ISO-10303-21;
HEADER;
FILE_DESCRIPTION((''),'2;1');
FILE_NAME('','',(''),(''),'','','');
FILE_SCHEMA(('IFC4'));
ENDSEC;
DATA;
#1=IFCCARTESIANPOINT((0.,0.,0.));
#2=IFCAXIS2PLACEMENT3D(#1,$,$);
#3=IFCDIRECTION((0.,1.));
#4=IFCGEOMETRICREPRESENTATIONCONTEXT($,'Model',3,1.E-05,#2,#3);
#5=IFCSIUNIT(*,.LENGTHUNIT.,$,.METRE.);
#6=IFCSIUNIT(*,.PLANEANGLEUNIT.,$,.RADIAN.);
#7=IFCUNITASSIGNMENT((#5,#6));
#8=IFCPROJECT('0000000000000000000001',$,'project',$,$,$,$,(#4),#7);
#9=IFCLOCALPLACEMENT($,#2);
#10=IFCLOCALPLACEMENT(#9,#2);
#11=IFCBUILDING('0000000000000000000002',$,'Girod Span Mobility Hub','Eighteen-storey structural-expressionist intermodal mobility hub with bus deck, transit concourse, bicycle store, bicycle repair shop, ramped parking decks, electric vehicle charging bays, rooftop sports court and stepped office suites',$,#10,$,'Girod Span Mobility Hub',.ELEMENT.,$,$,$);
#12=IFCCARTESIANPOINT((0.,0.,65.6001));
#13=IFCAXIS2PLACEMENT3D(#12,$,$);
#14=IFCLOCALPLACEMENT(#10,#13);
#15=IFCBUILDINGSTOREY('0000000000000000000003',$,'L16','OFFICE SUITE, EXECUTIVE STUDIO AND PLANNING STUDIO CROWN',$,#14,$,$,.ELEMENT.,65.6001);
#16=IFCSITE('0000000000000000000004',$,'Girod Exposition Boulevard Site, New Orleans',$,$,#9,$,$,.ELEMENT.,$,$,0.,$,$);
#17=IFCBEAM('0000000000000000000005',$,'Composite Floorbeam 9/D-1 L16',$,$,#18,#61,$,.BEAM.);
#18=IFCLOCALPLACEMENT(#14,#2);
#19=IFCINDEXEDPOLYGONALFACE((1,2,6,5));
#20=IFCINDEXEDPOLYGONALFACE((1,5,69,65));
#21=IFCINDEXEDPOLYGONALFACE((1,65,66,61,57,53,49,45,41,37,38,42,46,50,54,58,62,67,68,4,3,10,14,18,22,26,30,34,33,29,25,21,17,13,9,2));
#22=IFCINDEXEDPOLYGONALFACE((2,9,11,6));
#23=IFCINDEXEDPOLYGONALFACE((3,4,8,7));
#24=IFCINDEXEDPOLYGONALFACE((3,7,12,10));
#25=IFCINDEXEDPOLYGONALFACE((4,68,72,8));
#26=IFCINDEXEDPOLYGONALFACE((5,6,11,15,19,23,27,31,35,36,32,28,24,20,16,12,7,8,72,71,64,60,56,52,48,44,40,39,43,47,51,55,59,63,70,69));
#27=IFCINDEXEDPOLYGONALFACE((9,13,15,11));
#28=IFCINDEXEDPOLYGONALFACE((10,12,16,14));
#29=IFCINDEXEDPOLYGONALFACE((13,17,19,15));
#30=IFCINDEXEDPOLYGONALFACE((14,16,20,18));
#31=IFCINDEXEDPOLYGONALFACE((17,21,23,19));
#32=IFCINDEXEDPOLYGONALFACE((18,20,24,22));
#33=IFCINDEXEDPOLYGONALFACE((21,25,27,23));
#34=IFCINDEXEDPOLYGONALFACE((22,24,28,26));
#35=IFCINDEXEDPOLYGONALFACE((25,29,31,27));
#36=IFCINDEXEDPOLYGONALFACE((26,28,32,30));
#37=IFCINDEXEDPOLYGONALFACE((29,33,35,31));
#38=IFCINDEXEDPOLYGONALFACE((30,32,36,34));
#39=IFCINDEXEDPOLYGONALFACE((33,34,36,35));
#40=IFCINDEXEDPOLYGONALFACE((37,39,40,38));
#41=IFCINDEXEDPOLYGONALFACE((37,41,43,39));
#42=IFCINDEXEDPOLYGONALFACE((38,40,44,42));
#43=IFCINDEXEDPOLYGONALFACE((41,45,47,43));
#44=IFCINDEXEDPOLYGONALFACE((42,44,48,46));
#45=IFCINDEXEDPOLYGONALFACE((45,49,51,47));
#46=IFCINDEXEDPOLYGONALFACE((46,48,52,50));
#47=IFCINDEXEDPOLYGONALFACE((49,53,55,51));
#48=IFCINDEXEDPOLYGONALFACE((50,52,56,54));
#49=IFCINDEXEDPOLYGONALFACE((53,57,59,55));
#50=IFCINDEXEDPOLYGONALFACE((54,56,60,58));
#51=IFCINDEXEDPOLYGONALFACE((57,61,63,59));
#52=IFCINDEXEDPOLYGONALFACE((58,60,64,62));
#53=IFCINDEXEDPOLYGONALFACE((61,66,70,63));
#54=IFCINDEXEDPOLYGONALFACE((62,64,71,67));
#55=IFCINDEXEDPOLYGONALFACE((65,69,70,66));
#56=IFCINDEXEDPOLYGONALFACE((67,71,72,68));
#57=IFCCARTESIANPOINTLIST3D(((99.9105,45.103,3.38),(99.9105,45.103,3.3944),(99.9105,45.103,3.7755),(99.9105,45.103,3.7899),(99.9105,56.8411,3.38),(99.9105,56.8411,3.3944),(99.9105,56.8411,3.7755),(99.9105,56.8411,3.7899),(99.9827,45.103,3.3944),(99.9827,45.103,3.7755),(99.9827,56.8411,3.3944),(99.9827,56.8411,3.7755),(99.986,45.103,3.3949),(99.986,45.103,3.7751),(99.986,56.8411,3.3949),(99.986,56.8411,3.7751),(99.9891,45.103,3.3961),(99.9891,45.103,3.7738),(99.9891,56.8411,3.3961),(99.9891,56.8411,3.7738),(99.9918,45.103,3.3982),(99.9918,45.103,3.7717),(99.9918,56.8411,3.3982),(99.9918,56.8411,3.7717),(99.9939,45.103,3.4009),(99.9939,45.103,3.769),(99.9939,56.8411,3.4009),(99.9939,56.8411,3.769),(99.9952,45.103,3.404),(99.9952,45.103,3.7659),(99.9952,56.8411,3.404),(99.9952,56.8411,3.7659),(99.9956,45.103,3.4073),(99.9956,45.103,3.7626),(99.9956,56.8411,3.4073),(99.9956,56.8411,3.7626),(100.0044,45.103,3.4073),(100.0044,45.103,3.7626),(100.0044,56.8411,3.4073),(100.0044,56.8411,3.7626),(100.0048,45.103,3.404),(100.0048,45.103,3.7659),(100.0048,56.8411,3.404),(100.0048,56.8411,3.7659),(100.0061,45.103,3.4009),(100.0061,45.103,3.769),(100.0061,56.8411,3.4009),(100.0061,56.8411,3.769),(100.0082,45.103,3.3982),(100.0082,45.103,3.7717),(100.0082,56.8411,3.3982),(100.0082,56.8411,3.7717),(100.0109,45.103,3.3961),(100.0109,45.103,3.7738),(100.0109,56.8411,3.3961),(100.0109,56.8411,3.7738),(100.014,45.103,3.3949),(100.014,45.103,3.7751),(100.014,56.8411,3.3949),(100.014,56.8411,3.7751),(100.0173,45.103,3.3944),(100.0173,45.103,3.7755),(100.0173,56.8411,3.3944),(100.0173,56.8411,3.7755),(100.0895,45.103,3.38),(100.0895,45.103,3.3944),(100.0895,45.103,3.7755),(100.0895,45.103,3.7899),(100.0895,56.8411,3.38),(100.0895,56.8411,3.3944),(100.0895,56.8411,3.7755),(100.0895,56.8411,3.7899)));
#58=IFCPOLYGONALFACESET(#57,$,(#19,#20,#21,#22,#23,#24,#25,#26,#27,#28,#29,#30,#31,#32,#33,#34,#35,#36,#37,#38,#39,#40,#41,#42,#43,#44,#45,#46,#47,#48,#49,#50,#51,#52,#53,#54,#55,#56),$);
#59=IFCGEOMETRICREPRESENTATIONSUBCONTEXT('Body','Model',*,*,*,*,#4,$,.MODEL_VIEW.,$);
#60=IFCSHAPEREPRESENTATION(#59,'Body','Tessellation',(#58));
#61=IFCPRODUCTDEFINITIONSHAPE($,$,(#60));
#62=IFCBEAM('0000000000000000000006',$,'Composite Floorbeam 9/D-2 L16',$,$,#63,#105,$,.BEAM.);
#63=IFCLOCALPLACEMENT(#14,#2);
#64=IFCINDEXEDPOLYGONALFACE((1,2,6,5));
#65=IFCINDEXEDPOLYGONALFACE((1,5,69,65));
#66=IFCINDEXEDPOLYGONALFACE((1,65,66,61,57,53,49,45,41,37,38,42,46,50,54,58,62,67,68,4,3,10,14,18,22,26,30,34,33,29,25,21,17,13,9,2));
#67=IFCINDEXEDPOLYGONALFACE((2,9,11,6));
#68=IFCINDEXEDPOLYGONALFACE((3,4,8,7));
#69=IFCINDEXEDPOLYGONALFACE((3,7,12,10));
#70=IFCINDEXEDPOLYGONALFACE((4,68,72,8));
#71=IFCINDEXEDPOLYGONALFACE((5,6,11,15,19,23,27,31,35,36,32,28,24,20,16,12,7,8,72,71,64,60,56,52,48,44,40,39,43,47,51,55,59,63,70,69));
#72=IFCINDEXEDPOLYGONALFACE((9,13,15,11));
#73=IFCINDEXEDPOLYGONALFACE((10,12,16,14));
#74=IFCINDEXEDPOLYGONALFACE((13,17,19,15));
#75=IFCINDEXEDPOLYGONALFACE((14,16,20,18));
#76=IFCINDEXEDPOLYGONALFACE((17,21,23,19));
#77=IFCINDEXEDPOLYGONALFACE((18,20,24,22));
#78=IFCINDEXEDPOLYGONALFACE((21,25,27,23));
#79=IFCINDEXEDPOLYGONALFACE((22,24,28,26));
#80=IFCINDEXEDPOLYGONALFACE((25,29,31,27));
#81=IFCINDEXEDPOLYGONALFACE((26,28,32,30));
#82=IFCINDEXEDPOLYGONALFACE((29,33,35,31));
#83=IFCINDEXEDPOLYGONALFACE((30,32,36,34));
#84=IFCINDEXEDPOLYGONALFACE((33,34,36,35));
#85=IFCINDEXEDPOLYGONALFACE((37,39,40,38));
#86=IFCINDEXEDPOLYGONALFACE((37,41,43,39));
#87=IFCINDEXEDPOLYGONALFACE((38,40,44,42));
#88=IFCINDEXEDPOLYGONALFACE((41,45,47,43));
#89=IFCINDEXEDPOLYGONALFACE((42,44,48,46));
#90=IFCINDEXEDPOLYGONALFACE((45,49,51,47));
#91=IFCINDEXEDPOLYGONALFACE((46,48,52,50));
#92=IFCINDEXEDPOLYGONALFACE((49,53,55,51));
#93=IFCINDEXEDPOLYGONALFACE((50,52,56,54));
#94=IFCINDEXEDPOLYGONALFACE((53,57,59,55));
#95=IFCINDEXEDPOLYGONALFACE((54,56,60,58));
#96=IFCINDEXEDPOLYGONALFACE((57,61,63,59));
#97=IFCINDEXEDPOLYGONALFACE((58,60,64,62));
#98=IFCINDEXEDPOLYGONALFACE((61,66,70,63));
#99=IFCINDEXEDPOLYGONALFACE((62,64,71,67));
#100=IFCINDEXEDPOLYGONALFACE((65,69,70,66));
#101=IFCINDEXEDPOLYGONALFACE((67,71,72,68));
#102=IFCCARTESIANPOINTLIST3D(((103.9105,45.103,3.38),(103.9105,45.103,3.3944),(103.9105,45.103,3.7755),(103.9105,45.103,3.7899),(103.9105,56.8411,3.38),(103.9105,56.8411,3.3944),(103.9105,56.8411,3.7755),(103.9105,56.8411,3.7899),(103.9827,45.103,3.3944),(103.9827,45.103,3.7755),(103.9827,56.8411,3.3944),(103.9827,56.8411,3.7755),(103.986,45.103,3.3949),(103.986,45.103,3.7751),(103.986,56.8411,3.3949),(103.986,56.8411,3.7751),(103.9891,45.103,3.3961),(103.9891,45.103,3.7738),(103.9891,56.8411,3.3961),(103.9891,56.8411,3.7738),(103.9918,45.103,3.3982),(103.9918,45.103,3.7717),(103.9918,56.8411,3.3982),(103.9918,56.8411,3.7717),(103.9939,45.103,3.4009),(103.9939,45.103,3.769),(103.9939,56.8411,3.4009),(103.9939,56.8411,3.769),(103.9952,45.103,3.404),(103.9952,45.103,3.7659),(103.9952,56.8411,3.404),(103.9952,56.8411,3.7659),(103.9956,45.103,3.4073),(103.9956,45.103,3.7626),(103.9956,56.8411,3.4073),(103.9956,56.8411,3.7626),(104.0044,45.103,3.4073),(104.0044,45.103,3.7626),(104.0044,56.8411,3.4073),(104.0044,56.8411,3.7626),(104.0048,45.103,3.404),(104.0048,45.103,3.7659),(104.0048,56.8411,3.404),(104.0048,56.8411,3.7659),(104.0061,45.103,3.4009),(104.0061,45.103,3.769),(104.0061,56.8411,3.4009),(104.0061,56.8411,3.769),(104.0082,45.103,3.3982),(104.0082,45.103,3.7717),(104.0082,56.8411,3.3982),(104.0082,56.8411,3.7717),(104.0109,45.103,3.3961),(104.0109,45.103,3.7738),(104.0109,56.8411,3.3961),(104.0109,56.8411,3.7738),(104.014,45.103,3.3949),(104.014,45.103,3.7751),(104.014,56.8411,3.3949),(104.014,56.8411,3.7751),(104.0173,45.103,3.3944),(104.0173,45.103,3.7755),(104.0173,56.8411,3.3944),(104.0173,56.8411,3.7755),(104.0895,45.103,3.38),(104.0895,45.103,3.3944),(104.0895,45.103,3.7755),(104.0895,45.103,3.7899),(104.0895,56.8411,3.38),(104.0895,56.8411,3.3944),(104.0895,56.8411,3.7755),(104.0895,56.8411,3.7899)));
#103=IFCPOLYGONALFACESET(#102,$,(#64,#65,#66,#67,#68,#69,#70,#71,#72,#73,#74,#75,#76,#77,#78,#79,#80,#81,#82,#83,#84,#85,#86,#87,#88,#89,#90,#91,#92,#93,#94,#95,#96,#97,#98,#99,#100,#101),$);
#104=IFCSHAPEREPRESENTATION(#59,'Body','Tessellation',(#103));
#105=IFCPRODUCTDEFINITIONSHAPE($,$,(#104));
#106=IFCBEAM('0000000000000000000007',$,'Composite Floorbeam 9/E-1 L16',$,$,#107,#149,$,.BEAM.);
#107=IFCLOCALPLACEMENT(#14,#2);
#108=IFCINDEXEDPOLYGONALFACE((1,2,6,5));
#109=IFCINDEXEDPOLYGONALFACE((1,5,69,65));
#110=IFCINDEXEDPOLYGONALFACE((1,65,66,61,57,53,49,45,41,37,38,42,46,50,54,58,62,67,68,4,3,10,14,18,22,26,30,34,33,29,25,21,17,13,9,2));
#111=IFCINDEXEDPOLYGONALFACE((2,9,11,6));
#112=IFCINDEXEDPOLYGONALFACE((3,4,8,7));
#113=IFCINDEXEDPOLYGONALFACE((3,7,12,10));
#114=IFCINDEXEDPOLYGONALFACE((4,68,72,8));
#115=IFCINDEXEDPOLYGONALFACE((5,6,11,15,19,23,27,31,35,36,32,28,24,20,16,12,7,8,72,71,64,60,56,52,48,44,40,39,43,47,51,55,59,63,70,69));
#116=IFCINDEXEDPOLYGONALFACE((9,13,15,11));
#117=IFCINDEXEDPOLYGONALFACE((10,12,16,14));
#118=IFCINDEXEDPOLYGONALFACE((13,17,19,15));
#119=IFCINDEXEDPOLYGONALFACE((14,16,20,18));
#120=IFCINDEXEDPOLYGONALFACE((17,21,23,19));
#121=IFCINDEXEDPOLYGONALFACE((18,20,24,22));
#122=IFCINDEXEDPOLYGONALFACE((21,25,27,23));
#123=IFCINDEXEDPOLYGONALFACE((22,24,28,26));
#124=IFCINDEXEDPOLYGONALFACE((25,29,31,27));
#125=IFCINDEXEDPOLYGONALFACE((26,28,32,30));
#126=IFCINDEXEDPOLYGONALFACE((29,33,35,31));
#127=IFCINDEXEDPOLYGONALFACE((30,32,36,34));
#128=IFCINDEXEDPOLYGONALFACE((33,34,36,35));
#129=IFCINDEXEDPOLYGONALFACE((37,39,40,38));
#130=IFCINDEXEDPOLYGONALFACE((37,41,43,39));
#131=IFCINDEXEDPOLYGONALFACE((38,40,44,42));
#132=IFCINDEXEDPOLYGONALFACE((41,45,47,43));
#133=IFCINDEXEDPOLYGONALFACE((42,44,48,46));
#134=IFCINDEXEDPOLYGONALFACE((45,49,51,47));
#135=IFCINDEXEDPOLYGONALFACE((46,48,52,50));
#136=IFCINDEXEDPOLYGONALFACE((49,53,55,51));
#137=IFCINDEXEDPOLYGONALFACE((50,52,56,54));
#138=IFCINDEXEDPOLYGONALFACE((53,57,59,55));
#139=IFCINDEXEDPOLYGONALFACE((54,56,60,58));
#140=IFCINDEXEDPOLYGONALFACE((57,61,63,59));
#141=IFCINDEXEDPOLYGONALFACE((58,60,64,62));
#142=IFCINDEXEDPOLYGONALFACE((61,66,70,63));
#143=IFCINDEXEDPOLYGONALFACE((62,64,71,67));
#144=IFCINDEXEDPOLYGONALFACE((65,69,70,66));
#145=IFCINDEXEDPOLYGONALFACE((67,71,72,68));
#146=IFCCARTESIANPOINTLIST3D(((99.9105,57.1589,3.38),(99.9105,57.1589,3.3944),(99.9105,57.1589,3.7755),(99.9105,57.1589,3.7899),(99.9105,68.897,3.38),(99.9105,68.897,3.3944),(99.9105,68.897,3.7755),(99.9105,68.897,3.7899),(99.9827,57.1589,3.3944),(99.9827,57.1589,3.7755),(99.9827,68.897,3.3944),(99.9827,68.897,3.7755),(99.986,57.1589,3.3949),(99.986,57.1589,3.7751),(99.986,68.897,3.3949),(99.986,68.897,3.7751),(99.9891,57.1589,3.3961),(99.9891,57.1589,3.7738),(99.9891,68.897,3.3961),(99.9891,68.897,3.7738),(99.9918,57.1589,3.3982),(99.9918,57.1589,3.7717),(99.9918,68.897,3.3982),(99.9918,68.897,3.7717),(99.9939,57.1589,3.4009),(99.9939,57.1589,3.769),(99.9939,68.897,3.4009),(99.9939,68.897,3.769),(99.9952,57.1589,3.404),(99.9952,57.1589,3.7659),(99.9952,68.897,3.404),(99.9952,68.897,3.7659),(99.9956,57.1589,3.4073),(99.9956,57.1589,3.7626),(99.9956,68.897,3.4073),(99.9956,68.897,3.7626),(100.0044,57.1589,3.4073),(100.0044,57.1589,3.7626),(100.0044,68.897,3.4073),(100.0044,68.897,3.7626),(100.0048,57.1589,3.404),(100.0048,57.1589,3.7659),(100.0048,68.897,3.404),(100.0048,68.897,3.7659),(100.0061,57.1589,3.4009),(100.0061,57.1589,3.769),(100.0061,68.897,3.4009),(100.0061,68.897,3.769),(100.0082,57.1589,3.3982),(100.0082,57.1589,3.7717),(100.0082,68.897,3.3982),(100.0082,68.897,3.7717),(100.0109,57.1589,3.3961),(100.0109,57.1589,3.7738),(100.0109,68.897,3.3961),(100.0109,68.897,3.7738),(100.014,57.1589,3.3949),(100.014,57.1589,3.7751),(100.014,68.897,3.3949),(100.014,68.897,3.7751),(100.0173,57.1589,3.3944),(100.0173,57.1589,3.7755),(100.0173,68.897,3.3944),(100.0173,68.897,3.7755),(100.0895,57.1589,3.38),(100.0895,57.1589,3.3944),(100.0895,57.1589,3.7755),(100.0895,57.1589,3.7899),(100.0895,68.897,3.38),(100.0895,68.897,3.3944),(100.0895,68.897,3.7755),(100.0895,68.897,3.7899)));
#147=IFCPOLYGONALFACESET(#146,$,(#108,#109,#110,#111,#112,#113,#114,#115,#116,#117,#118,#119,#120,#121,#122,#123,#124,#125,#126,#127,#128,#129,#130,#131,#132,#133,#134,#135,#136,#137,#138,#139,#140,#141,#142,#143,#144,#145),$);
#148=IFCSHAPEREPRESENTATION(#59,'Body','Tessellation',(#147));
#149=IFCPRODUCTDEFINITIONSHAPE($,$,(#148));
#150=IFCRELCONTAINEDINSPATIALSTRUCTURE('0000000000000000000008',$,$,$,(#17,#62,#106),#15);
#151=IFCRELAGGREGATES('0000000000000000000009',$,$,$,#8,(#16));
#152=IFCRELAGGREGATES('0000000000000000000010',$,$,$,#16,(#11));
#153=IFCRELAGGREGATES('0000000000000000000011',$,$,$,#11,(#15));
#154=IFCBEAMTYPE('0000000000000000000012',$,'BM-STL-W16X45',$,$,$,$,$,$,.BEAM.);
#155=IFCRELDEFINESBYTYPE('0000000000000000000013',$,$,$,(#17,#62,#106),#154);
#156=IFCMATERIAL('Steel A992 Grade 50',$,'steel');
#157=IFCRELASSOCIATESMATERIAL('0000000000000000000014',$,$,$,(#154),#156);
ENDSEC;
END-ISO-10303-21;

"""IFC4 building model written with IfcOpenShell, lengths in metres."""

from ifc_helpers import new_model, si_unit, direction, frame, origin, origin_2d, place, context, subcontext, project, spatial, i_section, extrude, material, material_profile, profile_set, type_object, element, save


model = new_model("IFC4")

# Units and contexts
model_context = context("Model", 3, precision=1e-05, world=origin(), true_north=direction((0.0, 1.0)))
body_context = subcontext(model_context, "Body", "Model", "MODEL_VIEW")
ifc_project = project(units=[si_unit("LENGTHUNIT", "METRE"), si_unit("PLANEANGLEUNIT", "RADIAN")], contexts=[model_context])

# Site, building, storey
site_placement = place(None, origin())
site = spatial("IfcSite", under=ifc_project, at=site_placement, Name="Girod Exposition Boulevard Site, New Orleans", CompositionType="ELEMENT", RefElevation=0.0)
building_placement = place(site_placement, origin())
building = spatial("IfcBuilding", under=site, at=building_placement, Name="Girod Span Mobility Hub", Description="Eighteen-storey structural-expressionist intermodal mobility hub with bus deck, transit concourse, bicycle store, bicycle repair shop, ramped parking decks, electric vehicle charging bays, rooftop sports court and stepped office suites", LongName="Girod Span Mobility Hub", CompositionType="ELEMENT")
storey_placement = place(building_placement, frame((0.0, 0.0, 65.6001)))
storey = spatial("IfcBuildingStorey", under=building, at=storey_placement, Name="L16", Description="OFFICE SUITE, EXECUTIVE STUDIO AND PLANNING STUDIO CROWN", CompositionType="ELEMENT", Elevation=65.6001)

# Beams
ifc_material_1 = material(Name="Steel A992 Grade 50", Category="steel")
ifc_material_profile_1 = material_profile(ifc_material_1, i_section(OverallWidth=0.179, OverallDepth=0.4099, WebThickness=0.0088, FlangeThickness=0.0144, FilletRadius=0.0129, at=origin_2d()), Name="W16X45")
ifc_profile_set_1 = profile_set([ifc_material_profile_1], Name="Steel A992 Grade 50")
beam_type = type_object("IfcBeamType", Name="BM-STL-W16X45", PredefinedType="BEAM", material=ifc_profile_set_1)
for number, where, z_axis, x_axis, name in (
    (1, (100.0, 45.103, 3.585), (0.0, 1.0, 0.0), (-1.0, 0.0, 0.0), "Composite Floorbeam 9/D-1 L16"),
    (2, (104.0, 45.103, 3.585), (0.0, 1.0, 0.0), (-1.0, 0.0, 0.0), "Composite Floorbeam 9/D-2 L16"),
    (3, (100.0, 57.1589, 3.585), (0.0, 1.0, 0.0), (-1.0, 0.0, 0.0), "Composite Floorbeam 9/E-1 L16"),
):
    element("IfcBeam", number, at=place(storey_placement, frame(where, z_axis=z_axis, x_axis=x_axis)), inside=storey, type_object=beam_type, Name=name, PredefinedType="BEAM", context=body_context, shape_type="SweptSolid", body=[
        extrude(i_section(OverallWidth=0.179, OverallDepth=0.4099, WebThickness=0.0088, FlangeThickness=0.0144, FilletRadius=0.0129, at=origin_2d()), origin(), (0.0, 0.0, 1.0), 11.738),
    ])

save(model, "model.ifc")
